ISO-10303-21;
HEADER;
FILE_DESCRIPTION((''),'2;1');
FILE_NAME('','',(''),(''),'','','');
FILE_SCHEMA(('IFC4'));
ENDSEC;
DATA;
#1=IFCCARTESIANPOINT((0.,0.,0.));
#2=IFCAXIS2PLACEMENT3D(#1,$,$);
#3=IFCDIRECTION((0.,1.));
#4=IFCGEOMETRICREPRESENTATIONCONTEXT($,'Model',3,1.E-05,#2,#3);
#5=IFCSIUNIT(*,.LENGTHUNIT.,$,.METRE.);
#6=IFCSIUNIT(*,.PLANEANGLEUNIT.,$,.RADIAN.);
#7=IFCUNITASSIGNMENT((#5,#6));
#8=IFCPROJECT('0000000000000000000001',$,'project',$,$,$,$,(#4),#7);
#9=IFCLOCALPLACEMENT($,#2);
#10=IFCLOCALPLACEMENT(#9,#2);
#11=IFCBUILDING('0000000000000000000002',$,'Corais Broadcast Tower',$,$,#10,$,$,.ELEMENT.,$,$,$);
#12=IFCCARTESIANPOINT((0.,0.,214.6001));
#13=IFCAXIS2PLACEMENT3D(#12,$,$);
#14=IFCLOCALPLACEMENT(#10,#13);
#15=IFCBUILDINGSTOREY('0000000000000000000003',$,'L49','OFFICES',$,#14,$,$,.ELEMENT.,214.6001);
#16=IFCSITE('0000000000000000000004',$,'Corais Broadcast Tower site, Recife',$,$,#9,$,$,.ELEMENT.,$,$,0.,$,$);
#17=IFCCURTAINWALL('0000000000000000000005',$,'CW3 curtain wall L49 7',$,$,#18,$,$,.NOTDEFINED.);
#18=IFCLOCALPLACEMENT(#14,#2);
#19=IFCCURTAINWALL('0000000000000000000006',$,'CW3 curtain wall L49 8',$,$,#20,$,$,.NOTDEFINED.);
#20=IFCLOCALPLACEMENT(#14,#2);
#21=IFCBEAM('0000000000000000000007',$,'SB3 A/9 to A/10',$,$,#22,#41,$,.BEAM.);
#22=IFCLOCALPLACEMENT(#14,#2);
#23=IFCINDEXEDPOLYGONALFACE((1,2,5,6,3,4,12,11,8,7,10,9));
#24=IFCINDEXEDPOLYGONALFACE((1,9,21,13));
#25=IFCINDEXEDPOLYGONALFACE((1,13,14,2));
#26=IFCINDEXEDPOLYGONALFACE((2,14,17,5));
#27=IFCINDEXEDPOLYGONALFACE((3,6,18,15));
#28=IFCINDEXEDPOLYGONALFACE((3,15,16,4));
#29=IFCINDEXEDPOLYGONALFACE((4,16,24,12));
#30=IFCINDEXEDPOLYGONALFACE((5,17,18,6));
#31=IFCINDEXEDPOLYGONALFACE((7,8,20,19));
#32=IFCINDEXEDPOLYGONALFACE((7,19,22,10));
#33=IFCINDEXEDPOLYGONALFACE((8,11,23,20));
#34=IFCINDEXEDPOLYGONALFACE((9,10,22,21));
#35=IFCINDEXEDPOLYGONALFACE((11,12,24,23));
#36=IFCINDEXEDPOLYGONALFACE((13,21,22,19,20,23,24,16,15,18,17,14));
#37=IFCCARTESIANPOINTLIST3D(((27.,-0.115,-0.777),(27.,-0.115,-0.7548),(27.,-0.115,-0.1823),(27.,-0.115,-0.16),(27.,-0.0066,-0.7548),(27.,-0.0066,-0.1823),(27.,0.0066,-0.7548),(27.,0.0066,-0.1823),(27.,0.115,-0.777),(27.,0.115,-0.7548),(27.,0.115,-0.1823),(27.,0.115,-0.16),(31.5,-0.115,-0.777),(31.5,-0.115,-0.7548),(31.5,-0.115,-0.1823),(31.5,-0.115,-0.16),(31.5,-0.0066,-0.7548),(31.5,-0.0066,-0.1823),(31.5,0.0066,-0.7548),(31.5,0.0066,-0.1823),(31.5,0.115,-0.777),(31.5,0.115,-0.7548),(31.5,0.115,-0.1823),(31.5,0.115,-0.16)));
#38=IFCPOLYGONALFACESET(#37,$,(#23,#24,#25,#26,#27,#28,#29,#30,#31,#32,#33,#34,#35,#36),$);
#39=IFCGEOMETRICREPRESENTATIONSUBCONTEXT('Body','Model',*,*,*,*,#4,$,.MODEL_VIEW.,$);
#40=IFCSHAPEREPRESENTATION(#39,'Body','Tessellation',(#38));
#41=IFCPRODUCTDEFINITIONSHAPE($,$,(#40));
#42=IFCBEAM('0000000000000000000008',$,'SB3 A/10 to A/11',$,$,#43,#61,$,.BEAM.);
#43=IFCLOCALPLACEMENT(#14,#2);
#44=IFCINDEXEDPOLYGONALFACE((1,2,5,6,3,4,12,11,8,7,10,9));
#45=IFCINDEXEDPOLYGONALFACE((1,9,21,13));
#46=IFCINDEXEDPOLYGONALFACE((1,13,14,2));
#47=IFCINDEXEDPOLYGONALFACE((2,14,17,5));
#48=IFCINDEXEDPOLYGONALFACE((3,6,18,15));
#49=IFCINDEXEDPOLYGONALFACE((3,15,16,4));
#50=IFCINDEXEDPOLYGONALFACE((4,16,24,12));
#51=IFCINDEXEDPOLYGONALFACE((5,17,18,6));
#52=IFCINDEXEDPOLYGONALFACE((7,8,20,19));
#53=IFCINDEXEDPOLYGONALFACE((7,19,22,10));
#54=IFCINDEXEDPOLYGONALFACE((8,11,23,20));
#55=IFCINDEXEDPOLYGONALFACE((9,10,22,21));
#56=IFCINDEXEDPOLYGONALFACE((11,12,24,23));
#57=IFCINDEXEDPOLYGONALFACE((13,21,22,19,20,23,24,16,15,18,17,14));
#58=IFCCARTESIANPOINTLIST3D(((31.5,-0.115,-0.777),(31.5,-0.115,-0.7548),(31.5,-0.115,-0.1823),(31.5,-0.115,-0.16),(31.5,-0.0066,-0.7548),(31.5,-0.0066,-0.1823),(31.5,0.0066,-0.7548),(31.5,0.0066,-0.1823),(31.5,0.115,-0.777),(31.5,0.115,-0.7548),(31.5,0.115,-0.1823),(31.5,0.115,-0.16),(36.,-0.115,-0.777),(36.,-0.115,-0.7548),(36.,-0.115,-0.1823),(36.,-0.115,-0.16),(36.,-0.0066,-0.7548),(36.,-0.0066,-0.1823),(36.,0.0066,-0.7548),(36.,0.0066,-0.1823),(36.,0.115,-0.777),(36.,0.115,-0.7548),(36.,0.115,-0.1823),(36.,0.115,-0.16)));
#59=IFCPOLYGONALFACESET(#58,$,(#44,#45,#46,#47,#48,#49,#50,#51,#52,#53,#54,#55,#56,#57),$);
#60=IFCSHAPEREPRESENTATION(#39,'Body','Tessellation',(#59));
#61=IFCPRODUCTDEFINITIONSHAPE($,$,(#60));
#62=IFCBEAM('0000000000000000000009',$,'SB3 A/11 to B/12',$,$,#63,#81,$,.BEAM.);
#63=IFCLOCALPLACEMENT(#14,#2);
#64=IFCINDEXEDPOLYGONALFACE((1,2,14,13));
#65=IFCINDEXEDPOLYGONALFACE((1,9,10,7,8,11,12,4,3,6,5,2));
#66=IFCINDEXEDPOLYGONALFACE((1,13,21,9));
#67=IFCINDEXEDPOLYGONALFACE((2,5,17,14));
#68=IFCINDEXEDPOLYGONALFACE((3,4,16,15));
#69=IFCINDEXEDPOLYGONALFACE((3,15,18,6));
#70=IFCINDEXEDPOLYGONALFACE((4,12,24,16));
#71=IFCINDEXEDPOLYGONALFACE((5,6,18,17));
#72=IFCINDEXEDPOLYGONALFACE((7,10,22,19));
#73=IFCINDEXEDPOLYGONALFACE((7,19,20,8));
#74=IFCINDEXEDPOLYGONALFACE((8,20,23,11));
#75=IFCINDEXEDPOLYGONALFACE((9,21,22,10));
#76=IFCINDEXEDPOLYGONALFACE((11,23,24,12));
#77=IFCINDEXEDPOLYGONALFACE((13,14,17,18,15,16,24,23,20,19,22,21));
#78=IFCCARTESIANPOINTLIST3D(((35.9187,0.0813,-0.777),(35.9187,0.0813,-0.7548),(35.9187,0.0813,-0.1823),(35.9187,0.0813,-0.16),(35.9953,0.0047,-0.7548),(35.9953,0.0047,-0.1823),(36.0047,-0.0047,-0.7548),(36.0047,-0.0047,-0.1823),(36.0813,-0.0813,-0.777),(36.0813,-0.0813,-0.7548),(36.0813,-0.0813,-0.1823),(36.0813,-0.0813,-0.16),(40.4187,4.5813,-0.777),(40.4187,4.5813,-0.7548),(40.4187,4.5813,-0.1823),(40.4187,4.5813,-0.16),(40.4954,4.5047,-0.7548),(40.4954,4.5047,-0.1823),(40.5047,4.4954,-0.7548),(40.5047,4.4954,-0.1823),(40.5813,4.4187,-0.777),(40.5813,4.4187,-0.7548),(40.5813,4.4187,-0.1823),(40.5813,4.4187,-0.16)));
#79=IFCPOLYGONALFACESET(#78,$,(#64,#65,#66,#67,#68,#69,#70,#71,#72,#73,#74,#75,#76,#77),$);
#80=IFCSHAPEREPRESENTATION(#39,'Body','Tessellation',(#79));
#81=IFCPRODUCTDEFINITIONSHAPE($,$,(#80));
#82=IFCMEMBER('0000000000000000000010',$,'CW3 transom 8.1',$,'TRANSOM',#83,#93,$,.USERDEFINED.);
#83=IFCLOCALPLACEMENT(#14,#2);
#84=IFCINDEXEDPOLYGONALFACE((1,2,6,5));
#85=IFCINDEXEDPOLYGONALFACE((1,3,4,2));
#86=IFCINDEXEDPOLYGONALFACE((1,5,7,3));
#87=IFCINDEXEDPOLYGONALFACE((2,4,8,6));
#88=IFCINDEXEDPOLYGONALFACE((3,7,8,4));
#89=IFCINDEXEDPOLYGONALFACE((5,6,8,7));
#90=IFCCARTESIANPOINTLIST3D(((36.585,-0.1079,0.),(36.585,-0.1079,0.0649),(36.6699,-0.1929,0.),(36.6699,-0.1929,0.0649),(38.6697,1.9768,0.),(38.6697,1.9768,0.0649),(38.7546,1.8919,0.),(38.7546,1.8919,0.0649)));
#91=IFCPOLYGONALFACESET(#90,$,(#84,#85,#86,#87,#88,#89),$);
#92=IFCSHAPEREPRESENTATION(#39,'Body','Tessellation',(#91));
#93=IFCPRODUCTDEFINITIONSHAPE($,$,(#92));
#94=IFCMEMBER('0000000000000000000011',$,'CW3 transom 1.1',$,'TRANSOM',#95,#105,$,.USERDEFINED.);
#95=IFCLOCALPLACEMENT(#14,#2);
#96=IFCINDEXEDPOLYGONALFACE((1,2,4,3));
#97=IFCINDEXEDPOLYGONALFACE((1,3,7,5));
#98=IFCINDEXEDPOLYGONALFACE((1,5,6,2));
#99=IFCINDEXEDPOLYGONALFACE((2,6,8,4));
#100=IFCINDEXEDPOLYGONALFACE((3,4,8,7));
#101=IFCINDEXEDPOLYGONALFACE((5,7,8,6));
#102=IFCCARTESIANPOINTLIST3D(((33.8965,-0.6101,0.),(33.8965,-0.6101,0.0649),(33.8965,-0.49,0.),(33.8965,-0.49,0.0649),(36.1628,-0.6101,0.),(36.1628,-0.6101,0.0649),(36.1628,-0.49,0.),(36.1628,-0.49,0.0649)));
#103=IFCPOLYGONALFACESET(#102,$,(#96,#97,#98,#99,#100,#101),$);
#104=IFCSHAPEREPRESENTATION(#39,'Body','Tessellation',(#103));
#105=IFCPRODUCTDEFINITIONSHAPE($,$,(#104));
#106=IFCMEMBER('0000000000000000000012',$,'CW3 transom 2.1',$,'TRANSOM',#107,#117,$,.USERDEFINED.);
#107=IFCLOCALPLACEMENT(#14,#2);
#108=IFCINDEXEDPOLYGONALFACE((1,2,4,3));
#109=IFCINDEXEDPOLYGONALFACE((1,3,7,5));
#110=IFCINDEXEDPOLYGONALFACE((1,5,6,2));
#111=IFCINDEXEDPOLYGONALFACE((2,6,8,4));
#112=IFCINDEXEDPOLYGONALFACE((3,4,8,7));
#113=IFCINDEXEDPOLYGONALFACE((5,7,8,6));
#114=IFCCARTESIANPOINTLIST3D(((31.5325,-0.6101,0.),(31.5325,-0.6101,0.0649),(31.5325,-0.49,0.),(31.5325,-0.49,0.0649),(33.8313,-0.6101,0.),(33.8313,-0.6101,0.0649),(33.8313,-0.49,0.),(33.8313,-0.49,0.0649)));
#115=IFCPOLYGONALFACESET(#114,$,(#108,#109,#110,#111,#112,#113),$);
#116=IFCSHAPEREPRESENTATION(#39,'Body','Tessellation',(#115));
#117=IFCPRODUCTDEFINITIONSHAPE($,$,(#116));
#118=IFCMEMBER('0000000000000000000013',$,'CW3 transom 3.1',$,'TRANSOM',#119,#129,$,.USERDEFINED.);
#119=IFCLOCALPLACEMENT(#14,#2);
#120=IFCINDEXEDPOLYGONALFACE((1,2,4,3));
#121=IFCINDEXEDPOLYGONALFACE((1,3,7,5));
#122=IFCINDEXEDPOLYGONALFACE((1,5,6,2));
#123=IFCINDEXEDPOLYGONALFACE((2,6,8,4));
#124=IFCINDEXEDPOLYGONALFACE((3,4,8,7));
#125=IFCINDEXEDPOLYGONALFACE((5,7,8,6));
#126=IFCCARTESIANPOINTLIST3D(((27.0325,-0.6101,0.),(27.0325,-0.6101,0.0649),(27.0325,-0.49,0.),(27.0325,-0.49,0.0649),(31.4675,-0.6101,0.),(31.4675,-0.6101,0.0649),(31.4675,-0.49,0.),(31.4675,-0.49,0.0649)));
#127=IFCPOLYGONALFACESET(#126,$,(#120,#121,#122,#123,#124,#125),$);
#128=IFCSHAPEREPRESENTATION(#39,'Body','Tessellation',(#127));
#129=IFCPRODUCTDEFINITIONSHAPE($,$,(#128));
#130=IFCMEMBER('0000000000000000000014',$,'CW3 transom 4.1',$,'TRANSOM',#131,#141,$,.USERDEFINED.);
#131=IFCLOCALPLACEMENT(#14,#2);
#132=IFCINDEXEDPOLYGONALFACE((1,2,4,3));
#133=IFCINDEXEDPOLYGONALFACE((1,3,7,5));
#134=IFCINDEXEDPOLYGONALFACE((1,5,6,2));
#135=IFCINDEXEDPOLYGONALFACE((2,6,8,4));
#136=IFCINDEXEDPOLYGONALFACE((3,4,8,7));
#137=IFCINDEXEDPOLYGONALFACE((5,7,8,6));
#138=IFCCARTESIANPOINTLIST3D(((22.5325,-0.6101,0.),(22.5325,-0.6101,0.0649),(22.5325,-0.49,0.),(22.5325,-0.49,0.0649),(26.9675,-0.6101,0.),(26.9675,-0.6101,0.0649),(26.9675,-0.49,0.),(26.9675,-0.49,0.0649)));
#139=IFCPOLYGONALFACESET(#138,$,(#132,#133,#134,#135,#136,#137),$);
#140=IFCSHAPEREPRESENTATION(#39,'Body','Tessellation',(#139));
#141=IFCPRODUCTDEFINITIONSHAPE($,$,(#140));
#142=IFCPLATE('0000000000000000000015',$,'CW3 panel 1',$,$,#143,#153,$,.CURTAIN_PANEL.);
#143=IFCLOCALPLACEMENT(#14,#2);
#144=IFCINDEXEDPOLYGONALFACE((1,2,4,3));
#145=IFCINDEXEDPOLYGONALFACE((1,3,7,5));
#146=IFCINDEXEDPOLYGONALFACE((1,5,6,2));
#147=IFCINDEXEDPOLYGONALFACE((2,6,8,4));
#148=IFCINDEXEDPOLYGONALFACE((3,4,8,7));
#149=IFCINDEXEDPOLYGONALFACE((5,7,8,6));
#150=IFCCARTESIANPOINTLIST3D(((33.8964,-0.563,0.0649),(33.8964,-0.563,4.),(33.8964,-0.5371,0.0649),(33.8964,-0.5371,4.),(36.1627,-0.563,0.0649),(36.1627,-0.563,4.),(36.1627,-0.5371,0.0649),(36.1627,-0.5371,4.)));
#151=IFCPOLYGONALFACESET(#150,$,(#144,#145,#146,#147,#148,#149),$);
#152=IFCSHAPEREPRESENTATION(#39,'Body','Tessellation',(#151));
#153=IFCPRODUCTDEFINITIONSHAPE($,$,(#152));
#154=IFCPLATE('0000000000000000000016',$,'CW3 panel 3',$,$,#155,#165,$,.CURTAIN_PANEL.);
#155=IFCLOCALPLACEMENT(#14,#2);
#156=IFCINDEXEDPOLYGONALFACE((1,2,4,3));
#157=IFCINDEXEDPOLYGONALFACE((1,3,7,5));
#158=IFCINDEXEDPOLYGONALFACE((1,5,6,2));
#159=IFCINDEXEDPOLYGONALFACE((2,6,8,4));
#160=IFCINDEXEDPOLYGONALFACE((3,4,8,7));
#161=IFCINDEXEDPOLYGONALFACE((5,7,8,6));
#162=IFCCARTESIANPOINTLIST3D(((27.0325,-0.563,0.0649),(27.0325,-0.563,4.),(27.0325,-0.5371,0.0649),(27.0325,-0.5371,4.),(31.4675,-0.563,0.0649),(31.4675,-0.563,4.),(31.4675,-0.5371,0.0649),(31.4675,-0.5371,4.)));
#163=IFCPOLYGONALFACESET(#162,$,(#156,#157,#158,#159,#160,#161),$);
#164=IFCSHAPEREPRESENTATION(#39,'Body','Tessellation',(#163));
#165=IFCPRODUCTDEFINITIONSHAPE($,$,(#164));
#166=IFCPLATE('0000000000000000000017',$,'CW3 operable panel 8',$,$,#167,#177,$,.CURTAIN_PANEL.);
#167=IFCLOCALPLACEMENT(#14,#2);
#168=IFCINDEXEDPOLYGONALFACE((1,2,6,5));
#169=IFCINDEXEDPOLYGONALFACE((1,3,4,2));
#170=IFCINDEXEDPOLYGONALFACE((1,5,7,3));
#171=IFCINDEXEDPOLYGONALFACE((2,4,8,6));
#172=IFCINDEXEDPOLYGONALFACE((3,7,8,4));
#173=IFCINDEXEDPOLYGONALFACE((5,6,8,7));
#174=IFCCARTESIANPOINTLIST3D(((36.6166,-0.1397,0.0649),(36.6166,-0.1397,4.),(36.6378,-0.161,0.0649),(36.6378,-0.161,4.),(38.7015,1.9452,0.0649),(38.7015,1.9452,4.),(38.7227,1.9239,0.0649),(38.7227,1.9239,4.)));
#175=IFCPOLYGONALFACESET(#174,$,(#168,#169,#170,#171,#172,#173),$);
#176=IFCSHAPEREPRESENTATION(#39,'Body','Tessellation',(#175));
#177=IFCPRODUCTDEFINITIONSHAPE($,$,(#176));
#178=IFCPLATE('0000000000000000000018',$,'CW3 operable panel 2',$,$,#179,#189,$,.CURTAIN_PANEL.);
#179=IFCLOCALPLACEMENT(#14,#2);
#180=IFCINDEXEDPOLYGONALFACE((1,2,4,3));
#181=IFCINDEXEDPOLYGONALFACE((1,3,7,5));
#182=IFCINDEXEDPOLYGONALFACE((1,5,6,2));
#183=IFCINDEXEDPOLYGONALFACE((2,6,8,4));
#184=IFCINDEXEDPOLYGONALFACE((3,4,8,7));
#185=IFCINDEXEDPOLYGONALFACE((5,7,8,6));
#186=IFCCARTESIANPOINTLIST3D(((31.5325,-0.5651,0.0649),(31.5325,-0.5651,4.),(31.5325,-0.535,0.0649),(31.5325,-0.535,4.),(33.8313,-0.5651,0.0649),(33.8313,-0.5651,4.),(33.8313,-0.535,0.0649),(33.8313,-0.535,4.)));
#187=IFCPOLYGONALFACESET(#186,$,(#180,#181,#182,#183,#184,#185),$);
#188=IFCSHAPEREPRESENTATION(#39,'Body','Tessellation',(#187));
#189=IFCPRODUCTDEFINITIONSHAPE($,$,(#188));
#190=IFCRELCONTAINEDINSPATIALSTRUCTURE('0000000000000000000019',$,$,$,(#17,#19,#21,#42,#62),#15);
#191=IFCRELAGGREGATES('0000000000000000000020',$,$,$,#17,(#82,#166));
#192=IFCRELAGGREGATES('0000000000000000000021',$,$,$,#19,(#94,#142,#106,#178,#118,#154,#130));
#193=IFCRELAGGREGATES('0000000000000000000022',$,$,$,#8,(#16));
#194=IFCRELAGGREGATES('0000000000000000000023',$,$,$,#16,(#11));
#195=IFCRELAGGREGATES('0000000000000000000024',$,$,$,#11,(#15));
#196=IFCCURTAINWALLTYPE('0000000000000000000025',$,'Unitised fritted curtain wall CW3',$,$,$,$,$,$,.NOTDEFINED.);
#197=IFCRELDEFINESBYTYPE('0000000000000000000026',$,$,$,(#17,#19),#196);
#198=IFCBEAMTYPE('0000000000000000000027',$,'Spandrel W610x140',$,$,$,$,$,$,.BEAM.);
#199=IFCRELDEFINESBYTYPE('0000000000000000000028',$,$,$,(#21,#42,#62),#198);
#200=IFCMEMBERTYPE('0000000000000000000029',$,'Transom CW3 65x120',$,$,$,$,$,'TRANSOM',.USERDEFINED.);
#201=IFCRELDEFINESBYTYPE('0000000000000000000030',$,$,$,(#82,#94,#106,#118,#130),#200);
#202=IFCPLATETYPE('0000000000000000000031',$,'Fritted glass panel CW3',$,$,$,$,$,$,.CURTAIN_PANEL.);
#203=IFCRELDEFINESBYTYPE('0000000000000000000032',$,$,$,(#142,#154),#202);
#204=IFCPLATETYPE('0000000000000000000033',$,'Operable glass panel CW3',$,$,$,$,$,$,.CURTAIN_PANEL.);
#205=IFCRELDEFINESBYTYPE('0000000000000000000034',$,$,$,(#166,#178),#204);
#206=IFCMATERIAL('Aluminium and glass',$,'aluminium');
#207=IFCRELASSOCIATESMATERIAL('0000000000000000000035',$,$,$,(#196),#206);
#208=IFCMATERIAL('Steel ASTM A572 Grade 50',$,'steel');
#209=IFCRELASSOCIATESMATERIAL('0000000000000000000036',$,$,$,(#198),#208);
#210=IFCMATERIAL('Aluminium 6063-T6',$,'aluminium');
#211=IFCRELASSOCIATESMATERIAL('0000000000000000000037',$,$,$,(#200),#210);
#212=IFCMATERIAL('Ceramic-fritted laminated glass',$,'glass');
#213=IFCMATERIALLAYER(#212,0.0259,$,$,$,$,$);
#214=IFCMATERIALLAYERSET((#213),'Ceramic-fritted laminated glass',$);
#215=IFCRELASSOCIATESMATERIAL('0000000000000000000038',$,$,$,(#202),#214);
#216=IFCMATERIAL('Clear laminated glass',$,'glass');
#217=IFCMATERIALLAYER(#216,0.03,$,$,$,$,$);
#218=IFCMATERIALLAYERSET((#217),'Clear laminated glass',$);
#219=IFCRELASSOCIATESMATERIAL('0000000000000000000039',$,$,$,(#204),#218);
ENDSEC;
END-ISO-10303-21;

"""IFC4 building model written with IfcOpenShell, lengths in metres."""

from ifc_helpers import new_model, si_unit, direction, frame, origin, origin_2d, place, context, subcontext, project, spatial, rectangle, i_section, extrude, material, layer, layer_set, material_profile, profile_set, type_object, element, aggregate, save


model = new_model("IFC4")

# Units and contexts
model_context = context("Model", 3, precision=1e-05, world=origin(), true_north=direction((0.0, 1.0)))
body_context = subcontext(model_context, "Body", "Model", "MODEL_VIEW")
ifc_project = project(units=[si_unit("LENGTHUNIT", "METRE"), si_unit("PLANEANGLEUNIT", "RADIAN")], contexts=[model_context])

# Site, building, storey
site_placement = place(None, origin())
site = spatial("IfcSite", under=ifc_project, at=site_placement, Name="Corais Broadcast Tower site, Recife", CompositionType="ELEMENT", RefElevation=0.0)
building_placement = place(site_placement, origin())
building = spatial("IfcBuilding", under=site, at=building_placement, Name="Corais Broadcast Tower", CompositionType="ELEMENT")
storey_placement = place(building_placement, frame((0.0, 0.0, 214.6001)))
storey = spatial("IfcBuildingStorey", under=building, at=storey_placement, Name="L49", Description="OFFICES", CompositionType="ELEMENT", Elevation=214.6001)

# Curtain walls
ifc_material_1 = material(Name="Aluminium and glass", Category="aluminium")
curtain_wall_type = type_object("IfcCurtainWallType", Name="Unitised fritted curtain wall CW3", PredefinedType="NOTDEFINED", material=ifc_material_1)
curtain_wall_1_placement = place(storey_placement, origin())
curtain_wall_1 = element("IfcCurtainWall", 1, at=curtain_wall_1_placement, inside=storey, type_object=curtain_wall_type, Name="CW3 curtain wall L49 7", PredefinedType="NOTDEFINED")
curtain_wall_2_placement = place(storey_placement, origin())
curtain_wall_2 = element("IfcCurtainWall", 2, at=curtain_wall_2_placement, inside=storey, type_object=curtain_wall_type, Name="CW3 curtain wall L49 8", PredefinedType="NOTDEFINED")

# Beams
ifc_material_2 = material(Name="Steel ASTM A572 Grade 50", Category="steel")
ifc_material_profile_1 = material_profile(ifc_material_2, i_section(OverallWidth=0.23, OverallDepth=0.6169, WebThickness=0.0132, FlangeThickness=0.0222, at=origin_2d()), Name="W610x140")
ifc_profile_set_1 = profile_set([ifc_material_profile_1], Name="Steel ASTM A572 Grade 50")
beam_type_1 = type_object("IfcBeamType", Name="Spandrel W610x140", PredefinedType="BEAM", material=ifc_profile_set_1)
for number, where, z_axis, x_axis, name in (
    (3, (27.0, 0.0, -0.4685), (1.0, 0.0, 0.0), (0.0, 1.0, 0.0), "SB3 A/9 to A/10"),
    (4, (31.5, 0.0, -0.4685), (1.0, 0.0, 0.0), (0.0, 1.0, 0.0), "SB3 A/10 to A/11"),
):
    element("IfcBeam", number, at=place(storey_placement, frame(where, z_axis=z_axis, x_axis=x_axis)), inside=storey, type_object=beam_type_1, Name=name, PredefinedType="BEAM", context=body_context, shape_type="SweptSolid", body=[
        extrude(i_section(OverallWidth=0.23, OverallDepth=0.6169, WebThickness=0.0132, FlangeThickness=0.0222, at=origin_2d()), origin(), (0.0, 0.0, 1.0), 4.5),
    ])
beam_placement = place(storey_placement, frame((36.0, 0.0, -0.4685), z_axis=(0.707107, 0.707107, 0.0), x_axis=(-0.707107, 0.707107, 0.0)))
element("IfcBeam", 5, at=beam_placement, inside=storey, type_object=beam_type_1, Name="SB3 A/11 to B/12", PredefinedType="BEAM", context=body_context, shape_type="SweptSolid", body=[
    extrude(i_section(OverallWidth=0.23, OverallDepth=0.6169, WebThickness=0.0132, FlangeThickness=0.0222, at=origin_2d()), origin(), (0.0, 0.0, 1.0), 6.364),
])

# Members
ifc_material_3 = material(Name="Aluminium 6063-T6", Category="aluminium")
ifc_material_profile_2 = material_profile(ifc_material_3, rectangle(XDim=0.1201, YDim=0.0649, at=origin_2d()), Name="Transom CW3 65x120")
ifc_profile_set_2 = profile_set([ifc_material_profile_2], Name="Aluminium 6063-T6")
member_type_1 = type_object("IfcMemberType", Name="Transom CW3 65x120", ElementType="TRANSOM", PredefinedType="USERDEFINED", material=ifc_profile_set_2)
member_1_placement = place(storey_placement, frame((38.7122, 1.9343, 0.0325), z_axis=(-0.707107, -0.707107, 0.0), x_axis=(0.707107, -0.707107, 0.0)))
member_1 = element("IfcMember", 6, at=member_1_placement, type_object=member_type_1, Name="CW3 transom 8.1", ObjectType="TRANSOM", PredefinedType="USERDEFINED", context=body_context, shape_type="SweptSolid", body=[
    extrude(rectangle(XDim=0.1201, YDim=0.0649, at=origin_2d()), origin(), (0.0, 0.0, 1.0), 2.9482),
])
member_2_placement = place(storey_placement, frame((36.1628, -0.55, 0.0325), z_axis=(-1.0, 0.0, 0.0), x_axis=(0.0, -1.0, 0.0)))
member_2 = element("IfcMember", 7, at=member_2_placement, type_object=member_type_1, Name="CW3 transom 1.1", ObjectType="TRANSOM", PredefinedType="USERDEFINED", context=body_context, shape_type="SweptSolid", body=[
    extrude(rectangle(XDim=0.1201, YDim=0.0649, at=origin_2d()), origin(), (0.0, 0.0, 1.0), 2.2664),
])
member_3_placement = place(storey_placement, frame((33.8313, -0.55, 0.0325), z_axis=(-1.0, 0.0, 0.0), x_axis=(0.0, -1.0, 0.0)))
member_3 = element("IfcMember", 8, at=member_3_placement, type_object=member_type_1, Name="CW3 transom 2.1", ObjectType="TRANSOM", PredefinedType="USERDEFINED", context=body_context, shape_type="SweptSolid", body=[
    extrude(rectangle(XDim=0.1201, YDim=0.0649, at=origin_2d()), origin(), (0.0, 0.0, 1.0), 2.2988),
])
member_4_placement = place(storey_placement, frame((31.4675, -0.55, 0.0325), z_axis=(-1.0, 0.0, 0.0), x_axis=(0.0, -1.0, 0.0)))
member_4 = element("IfcMember", 9, at=member_4_placement, type_object=member_type_1, Name="CW3 transom 3.1", ObjectType="TRANSOM", PredefinedType="USERDEFINED", context=body_context, shape_type="SweptSolid", body=[
    extrude(rectangle(XDim=0.1201, YDim=0.0649, at=origin_2d()), origin(), (0.0, 0.0, 1.0), 4.4351),
])
member_5_placement = place(storey_placement, frame((26.9675, -0.55, 0.0325), z_axis=(-1.0, 0.0, 0.0), x_axis=(0.0, -1.0, 0.0)))
member_5 = element("IfcMember", 10, at=member_5_placement, type_object=member_type_1, Name="CW3 transom 4.1", ObjectType="TRANSOM", PredefinedType="USERDEFINED", context=body_context, shape_type="SweptSolid", body=[
    extrude(rectangle(XDim=0.1201, YDim=0.0649, at=origin_2d()), origin(), (0.0, 0.0, 1.0), 4.4351),
])

# Plates
ifc_material_4 = material(Name="Ceramic-fritted laminated glass", Category="glass")
ifc_layer_1 = layer(ifc_material_4, 0.0259)
ifc_layer_set_1 = layer_set([ifc_layer_1], Name="Ceramic-fritted laminated glass")
plate_type_1 = type_object("IfcPlateType", Name="Fritted glass panel CW3", PredefinedType="CURTAIN_PANEL", material=ifc_layer_set_1)
plate_1_placement = place(storey_placement, frame((35.0295, -0.55, 0.0649), z_axis=(0.0, 0.0, 1.0), x_axis=(-1.0, 0.0, 0.0)))
plate_1 = element("IfcPlate", 11, at=plate_1_placement, type_object=plate_type_1, Name="CW3 panel 1", PredefinedType="CURTAIN_PANEL", context=body_context, shape_type="SweptSolid", body=[
    extrude(rectangle(XDim=2.2664, YDim=0.0259, at=origin_2d()), origin(), (0.0, 0.0, 1.0), 3.9351),
])
plate_2_placement = place(storey_placement, frame((29.25, -0.55, 0.0649), z_axis=(0.0, 0.0, 1.0), x_axis=(-1.0, 0.0, 0.0)))
plate_2 = element("IfcPlate", 12, at=plate_2_placement, type_object=plate_type_1, Name="CW3 panel 3", PredefinedType="CURTAIN_PANEL", context=body_context, shape_type="SweptSolid", body=[
    extrude(rectangle(XDim=4.4351, YDim=0.0259, at=origin_2d()), origin(), (0.0, 0.0, 1.0), 3.9351),
])
ifc_material_5 = material(Name="Clear laminated glass", Category="glass")
ifc_layer_2 = layer(ifc_material_5, 0.03)
ifc_layer_set_2 = layer_set([ifc_layer_2], Name="Clear laminated glass")
plate_type_2 = type_object("IfcPlateType", Name="Operable glass panel CW3", PredefinedType="CURTAIN_PANEL", material=ifc_layer_set_2)
plate_3_placement = place(storey_placement, frame((37.6697, 0.8921, 0.0649), z_axis=(0.0, 0.0, 1.0), x_axis=(-0.707107, -0.707107, 0.0)))
plate_3 = element("IfcPlate", 13, at=plate_3_placement, type_object=plate_type_2, Name="CW3 operable panel 8", PredefinedType="CURTAIN_PANEL", context=body_context, shape_type="SweptSolid", body=[
    extrude(rectangle(XDim=2.9485, YDim=0.03, at=origin_2d()), origin(), (0.0, 0.0, 1.0), 3.9351),
])
aggregate(curtain_wall_1, [member_1, plate_3])
plate_4_placement = place(storey_placement, frame((32.6819, -0.55, 0.0649), z_axis=(0.0, 0.0, 1.0), x_axis=(-1.0, 0.0, 0.0)))
plate_4 = element("IfcPlate", 14, at=plate_4_placement, type_object=plate_type_2, Name="CW3 operable panel 2", PredefinedType="CURTAIN_PANEL", context=body_context, shape_type="SweptSolid", body=[
    extrude(rectangle(XDim=2.2988, YDim=0.03, at=origin_2d()), origin(), (0.0, 0.0, 1.0), 3.9351),
])
aggregate(curtain_wall_2, [member_2, plate_1, member_3, plate_4, member_4, plate_2, member_5])

save(model, "model.ifc")
